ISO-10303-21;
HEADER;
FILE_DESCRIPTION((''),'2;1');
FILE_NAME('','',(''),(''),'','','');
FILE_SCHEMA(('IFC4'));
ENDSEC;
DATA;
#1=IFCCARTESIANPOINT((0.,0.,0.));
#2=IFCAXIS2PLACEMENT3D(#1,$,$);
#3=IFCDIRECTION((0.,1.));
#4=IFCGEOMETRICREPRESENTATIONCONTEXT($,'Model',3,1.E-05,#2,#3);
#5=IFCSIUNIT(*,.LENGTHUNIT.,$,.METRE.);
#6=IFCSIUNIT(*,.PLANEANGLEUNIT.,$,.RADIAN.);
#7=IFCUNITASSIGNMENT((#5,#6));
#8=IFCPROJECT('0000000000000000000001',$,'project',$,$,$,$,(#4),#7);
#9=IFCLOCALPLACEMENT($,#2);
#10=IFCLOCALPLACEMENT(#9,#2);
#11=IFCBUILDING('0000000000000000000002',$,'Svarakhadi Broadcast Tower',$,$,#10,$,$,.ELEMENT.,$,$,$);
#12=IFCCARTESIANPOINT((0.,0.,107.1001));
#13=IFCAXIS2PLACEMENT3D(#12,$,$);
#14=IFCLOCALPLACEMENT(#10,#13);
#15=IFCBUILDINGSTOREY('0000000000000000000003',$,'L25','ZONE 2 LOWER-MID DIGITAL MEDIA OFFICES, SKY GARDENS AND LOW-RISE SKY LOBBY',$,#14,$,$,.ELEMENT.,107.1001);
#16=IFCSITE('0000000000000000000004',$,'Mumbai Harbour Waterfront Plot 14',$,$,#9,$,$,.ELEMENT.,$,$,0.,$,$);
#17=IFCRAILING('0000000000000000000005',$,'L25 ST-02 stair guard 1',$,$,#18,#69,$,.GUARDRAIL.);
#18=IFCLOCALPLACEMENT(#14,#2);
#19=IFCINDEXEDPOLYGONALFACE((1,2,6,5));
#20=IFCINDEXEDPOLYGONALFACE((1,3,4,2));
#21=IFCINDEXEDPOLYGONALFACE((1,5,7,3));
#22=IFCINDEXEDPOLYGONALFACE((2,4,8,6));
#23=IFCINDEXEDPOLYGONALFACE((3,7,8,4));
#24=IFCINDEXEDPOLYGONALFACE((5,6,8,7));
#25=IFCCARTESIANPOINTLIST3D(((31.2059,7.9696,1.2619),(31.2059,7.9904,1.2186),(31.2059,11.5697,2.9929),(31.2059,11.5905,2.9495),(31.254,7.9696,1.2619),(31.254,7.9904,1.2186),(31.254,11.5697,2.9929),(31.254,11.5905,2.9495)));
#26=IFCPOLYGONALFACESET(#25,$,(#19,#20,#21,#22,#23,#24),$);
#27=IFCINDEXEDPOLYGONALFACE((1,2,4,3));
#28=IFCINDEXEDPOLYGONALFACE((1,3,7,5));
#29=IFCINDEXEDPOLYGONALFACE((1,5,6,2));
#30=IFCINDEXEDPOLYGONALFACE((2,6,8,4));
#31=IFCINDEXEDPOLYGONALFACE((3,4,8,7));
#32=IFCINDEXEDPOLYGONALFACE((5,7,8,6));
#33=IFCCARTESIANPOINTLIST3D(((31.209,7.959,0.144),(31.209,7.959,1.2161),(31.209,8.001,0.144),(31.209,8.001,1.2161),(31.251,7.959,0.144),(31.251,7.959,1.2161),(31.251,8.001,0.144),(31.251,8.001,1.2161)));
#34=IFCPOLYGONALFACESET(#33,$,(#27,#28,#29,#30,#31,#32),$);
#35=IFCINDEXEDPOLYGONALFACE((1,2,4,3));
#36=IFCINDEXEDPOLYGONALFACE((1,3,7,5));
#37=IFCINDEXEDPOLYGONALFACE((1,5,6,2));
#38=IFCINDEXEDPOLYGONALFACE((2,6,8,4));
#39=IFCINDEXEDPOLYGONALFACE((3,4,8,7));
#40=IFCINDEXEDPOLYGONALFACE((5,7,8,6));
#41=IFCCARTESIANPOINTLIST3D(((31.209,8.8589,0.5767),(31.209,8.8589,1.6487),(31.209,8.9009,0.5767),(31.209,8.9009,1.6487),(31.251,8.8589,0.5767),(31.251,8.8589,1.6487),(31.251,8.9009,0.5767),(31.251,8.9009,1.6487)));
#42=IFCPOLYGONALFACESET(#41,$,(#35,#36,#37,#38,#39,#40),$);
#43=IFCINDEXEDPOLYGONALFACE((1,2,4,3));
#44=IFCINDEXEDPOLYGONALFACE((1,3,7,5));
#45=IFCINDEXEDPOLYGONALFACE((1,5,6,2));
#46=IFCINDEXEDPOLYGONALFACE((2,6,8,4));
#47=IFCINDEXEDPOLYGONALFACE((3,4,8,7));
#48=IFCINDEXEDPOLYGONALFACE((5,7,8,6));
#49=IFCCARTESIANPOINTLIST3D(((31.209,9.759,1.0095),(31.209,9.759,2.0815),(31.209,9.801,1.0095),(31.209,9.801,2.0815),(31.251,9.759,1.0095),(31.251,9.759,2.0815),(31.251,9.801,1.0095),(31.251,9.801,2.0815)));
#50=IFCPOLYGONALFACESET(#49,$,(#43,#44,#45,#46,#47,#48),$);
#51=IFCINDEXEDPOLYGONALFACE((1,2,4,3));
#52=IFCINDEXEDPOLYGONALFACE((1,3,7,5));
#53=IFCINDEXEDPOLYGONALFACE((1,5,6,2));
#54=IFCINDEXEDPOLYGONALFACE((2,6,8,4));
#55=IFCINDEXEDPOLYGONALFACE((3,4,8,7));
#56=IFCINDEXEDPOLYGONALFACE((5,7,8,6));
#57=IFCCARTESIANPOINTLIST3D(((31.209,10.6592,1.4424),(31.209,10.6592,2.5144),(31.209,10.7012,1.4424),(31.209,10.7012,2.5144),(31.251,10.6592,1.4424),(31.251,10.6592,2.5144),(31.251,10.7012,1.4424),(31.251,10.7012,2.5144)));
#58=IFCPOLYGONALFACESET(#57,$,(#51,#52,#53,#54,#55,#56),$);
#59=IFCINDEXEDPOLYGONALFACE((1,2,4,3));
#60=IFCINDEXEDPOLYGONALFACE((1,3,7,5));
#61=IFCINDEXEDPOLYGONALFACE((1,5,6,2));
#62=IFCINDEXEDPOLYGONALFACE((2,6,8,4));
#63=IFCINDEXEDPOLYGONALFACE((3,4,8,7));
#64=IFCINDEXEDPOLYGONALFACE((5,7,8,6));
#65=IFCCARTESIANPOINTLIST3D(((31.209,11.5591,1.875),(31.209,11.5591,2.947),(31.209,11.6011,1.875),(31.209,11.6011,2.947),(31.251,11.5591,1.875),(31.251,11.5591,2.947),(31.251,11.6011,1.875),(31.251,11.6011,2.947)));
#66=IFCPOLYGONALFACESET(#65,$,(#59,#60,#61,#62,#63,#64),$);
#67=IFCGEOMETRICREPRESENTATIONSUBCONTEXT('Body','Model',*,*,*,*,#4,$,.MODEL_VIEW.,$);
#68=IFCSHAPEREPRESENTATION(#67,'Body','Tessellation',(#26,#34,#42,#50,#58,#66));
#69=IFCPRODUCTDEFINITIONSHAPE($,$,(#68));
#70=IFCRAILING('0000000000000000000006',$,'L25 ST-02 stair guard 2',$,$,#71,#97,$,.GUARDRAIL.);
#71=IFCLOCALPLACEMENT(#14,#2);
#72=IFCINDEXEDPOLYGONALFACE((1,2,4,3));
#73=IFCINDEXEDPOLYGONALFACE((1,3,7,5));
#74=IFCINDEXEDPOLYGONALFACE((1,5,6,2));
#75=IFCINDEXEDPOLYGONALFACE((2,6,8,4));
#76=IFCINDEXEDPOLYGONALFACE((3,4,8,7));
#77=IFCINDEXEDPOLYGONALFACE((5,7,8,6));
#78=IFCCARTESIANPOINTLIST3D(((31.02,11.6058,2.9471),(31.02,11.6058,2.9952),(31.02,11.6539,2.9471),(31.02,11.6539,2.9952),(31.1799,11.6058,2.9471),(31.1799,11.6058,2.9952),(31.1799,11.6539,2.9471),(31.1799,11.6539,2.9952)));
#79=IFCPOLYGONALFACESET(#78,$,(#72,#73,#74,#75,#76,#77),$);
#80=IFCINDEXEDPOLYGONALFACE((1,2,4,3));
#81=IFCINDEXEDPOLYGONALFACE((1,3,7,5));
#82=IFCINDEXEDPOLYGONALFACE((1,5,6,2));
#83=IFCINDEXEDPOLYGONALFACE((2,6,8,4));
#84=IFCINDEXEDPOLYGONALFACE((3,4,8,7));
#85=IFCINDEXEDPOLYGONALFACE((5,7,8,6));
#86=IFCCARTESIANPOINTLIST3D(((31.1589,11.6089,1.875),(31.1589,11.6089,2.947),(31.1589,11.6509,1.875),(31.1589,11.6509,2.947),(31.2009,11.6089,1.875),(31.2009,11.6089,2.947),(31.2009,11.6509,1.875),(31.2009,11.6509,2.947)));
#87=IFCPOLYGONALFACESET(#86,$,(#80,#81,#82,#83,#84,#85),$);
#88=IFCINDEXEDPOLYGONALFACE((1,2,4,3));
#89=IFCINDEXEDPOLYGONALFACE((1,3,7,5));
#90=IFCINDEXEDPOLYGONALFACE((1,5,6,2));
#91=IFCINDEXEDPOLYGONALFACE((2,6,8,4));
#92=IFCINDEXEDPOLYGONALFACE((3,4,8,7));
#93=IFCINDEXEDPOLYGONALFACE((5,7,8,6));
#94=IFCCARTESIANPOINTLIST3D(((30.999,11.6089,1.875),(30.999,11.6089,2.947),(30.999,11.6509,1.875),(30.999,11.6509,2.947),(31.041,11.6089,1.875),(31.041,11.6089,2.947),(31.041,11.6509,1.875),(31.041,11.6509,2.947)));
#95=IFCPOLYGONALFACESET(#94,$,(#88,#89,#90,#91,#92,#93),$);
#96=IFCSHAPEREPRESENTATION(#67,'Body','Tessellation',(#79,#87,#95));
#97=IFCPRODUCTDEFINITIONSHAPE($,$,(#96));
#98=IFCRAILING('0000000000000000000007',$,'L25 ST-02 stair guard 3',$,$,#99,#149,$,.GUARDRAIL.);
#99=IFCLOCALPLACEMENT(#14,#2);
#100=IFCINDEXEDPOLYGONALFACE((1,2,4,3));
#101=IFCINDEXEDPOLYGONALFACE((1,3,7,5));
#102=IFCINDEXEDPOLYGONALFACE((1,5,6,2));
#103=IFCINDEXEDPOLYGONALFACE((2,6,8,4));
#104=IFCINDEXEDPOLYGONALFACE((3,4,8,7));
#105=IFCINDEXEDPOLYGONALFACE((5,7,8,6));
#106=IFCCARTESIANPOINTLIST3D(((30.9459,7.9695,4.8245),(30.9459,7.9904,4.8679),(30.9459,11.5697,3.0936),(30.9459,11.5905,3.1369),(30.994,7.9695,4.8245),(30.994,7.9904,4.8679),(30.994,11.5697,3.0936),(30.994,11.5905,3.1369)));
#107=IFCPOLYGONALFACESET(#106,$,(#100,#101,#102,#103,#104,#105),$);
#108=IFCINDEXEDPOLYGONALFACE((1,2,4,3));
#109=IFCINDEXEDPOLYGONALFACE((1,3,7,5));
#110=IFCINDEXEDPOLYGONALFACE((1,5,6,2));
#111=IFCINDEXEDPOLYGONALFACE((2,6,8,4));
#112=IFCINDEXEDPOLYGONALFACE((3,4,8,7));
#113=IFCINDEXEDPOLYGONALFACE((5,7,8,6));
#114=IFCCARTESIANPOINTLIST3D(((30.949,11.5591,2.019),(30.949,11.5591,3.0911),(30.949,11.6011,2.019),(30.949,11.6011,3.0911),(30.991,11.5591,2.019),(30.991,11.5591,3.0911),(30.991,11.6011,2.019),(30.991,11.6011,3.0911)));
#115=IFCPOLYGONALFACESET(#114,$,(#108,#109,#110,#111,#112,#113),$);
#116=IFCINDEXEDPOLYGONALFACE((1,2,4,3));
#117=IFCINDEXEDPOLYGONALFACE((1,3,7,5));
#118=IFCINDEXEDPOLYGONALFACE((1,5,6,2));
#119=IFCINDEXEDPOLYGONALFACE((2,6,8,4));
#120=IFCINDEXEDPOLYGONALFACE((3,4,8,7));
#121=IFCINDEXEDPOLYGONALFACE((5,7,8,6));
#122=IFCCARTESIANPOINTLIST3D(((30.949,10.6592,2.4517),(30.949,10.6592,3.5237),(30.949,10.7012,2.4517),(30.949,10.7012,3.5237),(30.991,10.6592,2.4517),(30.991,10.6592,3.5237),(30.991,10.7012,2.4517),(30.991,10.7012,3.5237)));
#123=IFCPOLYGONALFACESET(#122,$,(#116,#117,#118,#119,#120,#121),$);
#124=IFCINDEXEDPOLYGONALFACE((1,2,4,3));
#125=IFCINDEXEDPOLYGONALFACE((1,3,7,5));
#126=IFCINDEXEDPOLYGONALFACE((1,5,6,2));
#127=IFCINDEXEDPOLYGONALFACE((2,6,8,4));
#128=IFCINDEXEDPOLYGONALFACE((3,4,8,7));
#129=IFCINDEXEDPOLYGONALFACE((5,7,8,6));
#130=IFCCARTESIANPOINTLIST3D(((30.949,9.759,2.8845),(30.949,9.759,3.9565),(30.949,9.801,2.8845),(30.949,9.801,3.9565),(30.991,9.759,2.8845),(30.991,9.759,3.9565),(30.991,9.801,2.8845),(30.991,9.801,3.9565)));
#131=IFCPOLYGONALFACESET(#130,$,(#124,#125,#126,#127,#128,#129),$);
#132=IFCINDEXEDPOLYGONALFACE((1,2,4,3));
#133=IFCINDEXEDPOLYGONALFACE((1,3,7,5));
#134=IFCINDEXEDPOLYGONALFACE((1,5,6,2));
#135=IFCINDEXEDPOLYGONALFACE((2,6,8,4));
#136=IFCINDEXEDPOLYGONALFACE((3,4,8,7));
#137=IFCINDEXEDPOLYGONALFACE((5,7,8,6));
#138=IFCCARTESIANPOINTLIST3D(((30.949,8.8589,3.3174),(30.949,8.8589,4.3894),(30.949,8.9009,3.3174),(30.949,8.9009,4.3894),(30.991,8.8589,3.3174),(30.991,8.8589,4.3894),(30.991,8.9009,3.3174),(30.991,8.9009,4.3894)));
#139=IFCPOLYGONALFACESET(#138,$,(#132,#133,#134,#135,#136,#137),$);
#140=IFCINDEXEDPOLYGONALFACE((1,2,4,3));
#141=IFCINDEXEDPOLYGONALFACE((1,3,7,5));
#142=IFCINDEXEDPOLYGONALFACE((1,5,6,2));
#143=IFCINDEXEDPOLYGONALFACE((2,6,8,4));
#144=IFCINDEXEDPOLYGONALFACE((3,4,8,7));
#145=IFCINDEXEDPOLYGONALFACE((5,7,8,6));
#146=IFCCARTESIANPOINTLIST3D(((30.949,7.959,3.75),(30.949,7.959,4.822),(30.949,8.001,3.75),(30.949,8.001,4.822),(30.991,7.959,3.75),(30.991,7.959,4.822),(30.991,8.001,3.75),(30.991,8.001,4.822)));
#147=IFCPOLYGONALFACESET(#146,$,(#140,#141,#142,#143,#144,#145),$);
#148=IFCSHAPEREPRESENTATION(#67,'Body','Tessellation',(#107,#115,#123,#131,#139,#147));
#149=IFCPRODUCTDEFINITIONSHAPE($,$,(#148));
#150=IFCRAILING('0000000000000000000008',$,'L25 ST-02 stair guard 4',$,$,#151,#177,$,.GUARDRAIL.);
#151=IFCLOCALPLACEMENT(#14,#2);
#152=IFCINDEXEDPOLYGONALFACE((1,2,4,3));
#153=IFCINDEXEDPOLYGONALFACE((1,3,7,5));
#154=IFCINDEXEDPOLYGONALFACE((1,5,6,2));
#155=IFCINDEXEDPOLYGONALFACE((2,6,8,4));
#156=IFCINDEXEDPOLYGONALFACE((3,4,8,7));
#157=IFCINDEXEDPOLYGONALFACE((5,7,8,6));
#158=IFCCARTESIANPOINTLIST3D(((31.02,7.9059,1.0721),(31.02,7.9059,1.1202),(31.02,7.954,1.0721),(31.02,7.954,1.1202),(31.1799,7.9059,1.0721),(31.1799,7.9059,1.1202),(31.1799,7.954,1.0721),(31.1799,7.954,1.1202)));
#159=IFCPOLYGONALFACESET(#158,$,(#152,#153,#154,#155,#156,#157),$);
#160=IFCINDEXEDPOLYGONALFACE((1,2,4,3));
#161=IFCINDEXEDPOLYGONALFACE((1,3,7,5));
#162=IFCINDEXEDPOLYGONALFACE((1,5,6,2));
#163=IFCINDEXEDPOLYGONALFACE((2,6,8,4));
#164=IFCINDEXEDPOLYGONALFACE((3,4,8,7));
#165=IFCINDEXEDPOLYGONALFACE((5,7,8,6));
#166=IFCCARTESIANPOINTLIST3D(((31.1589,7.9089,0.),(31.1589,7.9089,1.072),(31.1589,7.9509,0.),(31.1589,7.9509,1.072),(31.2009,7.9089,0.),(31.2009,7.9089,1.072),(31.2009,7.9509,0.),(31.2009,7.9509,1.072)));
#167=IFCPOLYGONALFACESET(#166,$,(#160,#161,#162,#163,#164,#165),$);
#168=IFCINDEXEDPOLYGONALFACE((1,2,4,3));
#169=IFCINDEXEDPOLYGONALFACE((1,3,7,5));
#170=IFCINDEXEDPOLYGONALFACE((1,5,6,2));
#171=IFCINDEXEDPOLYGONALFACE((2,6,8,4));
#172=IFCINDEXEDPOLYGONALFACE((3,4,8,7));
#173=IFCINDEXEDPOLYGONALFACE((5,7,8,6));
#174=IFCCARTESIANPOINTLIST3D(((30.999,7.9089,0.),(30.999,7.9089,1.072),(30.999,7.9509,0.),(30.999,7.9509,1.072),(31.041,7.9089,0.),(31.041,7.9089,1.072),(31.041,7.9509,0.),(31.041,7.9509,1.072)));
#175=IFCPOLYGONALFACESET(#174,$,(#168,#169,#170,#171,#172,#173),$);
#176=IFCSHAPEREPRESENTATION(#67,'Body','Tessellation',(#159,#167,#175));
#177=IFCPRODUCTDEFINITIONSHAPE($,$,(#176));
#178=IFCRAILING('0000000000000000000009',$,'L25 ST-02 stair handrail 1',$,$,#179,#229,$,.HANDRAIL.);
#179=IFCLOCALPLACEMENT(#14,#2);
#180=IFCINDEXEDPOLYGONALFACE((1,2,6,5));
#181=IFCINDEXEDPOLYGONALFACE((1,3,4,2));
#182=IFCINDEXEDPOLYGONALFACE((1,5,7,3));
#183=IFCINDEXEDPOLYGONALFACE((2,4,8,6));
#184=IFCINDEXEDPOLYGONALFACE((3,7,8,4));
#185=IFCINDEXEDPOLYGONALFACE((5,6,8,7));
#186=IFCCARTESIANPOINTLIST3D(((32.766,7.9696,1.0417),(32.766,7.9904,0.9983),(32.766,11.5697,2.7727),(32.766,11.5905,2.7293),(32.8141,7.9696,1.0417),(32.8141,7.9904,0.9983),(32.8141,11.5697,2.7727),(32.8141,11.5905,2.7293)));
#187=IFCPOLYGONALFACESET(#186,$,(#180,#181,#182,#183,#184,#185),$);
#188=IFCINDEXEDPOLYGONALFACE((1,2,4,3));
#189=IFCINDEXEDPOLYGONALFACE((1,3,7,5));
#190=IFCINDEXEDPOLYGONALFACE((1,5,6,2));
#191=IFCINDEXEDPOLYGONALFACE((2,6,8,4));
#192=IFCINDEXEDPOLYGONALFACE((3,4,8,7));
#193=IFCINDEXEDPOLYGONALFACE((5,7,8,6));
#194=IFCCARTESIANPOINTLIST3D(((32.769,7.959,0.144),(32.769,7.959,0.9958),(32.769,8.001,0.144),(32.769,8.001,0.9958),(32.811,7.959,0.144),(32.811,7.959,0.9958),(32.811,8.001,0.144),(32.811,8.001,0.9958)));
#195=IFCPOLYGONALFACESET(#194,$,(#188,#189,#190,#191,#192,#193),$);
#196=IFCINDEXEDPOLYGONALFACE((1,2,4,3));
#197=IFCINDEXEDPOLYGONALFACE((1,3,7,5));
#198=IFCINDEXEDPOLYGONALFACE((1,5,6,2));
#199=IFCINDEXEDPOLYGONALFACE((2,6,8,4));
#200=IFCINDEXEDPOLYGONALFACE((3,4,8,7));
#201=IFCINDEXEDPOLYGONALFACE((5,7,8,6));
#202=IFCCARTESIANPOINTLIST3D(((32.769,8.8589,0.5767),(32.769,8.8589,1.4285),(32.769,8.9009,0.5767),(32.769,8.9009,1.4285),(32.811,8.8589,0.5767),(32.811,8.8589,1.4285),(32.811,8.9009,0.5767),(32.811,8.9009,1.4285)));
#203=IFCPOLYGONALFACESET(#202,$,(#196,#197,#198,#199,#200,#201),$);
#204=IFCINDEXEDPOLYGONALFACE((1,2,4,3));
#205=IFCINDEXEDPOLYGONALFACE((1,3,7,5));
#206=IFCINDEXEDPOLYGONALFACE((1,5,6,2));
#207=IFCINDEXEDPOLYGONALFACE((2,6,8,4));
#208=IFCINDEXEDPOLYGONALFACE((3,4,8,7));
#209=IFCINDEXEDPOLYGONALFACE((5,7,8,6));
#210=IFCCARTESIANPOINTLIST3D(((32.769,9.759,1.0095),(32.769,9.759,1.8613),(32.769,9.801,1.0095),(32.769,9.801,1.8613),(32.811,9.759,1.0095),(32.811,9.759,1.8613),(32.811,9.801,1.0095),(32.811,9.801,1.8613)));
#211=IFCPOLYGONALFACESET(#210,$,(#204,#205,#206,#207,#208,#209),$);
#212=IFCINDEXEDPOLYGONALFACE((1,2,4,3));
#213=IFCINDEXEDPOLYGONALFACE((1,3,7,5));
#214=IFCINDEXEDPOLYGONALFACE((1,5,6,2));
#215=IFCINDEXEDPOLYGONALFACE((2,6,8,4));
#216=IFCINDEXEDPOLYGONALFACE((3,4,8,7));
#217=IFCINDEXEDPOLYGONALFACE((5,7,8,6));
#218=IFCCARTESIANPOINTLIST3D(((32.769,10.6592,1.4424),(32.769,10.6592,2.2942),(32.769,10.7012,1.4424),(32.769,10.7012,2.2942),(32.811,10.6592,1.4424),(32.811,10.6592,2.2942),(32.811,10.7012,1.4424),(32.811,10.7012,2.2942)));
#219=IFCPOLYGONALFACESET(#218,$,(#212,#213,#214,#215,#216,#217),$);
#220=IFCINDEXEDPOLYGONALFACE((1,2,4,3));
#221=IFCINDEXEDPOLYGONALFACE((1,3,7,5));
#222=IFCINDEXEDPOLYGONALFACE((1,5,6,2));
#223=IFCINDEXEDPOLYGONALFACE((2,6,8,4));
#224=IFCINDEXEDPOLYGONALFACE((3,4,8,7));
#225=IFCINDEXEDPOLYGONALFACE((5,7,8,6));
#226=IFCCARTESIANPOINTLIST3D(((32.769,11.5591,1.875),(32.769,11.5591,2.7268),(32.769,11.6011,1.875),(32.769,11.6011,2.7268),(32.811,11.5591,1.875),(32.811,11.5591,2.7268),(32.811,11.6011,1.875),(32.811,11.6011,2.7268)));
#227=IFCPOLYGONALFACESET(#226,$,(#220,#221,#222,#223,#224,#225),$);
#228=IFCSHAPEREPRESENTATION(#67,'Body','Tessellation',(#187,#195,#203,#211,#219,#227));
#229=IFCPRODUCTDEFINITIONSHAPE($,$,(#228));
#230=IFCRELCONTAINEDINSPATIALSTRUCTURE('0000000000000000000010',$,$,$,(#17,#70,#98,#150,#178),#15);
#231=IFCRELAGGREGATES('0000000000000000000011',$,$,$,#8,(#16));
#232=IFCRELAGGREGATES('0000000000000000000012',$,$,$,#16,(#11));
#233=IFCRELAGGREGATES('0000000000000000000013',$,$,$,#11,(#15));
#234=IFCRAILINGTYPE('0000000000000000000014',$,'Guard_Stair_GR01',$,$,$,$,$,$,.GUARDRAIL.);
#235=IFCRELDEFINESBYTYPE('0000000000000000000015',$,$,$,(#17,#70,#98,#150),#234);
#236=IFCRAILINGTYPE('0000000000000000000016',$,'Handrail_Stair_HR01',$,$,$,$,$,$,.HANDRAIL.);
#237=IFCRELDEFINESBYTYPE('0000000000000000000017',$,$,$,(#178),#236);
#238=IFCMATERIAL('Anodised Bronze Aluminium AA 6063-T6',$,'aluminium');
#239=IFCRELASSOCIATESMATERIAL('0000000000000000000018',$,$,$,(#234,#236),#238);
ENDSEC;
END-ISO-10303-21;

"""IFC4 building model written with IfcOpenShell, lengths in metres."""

from ifc_helpers import new_model, si_unit, direction, frame, origin, origin_2d, place, context, subcontext, project, spatial, rectangle, extrude, material, type_object, element, save


model = new_model("IFC4")

# Units and contexts
model_context = context("Model", 3, precision=1e-05, world=origin(), true_north=direction((0.0, 1.0)))
body_context = subcontext(model_context, "Body", "Model", "MODEL_VIEW")
ifc_project = project(units=[si_unit("LENGTHUNIT", "METRE"), si_unit("PLANEANGLEUNIT", "RADIAN")], contexts=[model_context])

# Site, building, storey
site_placement = place(None, origin())
site = spatial("IfcSite", under=ifc_project, at=site_placement, Name="Mumbai Harbour Waterfront Plot 14", CompositionType="ELEMENT", RefElevation=0.0)
building_placement = place(site_placement, origin())
building = spatial("IfcBuilding", under=site, at=building_placement, Name="Svarakhadi Broadcast Tower", CompositionType="ELEMENT")
storey_placement = place(building_placement, frame((0.0, 0.0, 107.1001)))
storey = spatial("IfcBuildingStorey", under=building, at=storey_placement, Name="L25", Description="ZONE 2 LOWER-MID DIGITAL MEDIA OFFICES, SKY GARDENS AND LOW-RISE SKY LOBBY", CompositionType="ELEMENT", Elevation=107.1001)

# Shared definitions
ifc_material_1 = material(Name="Anodised Bronze Aluminium AA 6063-T6", Category="aluminium")

# Railings
railing_type_1 = type_object("IfcRailingType", Name="Guard_Stair_GR01", PredefinedType="GUARDRAIL", material=ifc_material_1)
railing_1_placement = place(storey_placement, frame((31.23, 7.98, 0.144)))
element("IfcRailing", 1, at=railing_1_placement, inside=storey, type_object=railing_type_1, Name="L25 ST-02 stair guard 1", PredefinedType="GUARDRAIL", context=body_context, shape_type="SweptSolid", body=[
    extrude(rectangle(XDim=0.0481, YDim=0.0481, at=origin_2d()), frame((0.0, 0.0, 1.0962), z_axis=(0.0, 0.901239, 0.433323), x_axis=(-1.0, 0.0, 0.0)), (0.0, 0.0, 1.0), 3.9946),
    extrude(rectangle(XDim=0.042, YDim=0.042, at=origin_2d()), origin(), (0.0, 0.0, 1.0), 1.072),
    extrude(rectangle(XDim=0.042, YDim=0.042, at=origin_2d()), frame((0.0, 0.8999, 0.4326)), (0.0, 0.0, 1.0), 1.072),
    extrude(rectangle(XDim=0.042, YDim=0.042, at=origin_2d()), frame((0.0, 1.8, 0.8655)), (0.0, 0.0, 1.0), 1.072),
    extrude(rectangle(XDim=0.042, YDim=0.042, at=origin_2d()), frame((0.0, 2.7002, 1.2983)), (0.0, 0.0, 1.0), 1.072),
    extrude(rectangle(XDim=0.042, YDim=0.042, at=origin_2d()), frame((0.0, 3.6001, 1.731)), (0.0, 0.0, 1.0), 1.072),
])
railing_2_placement = place(storey_placement, frame((31.1799, 11.6299, 1.875)))
element("IfcRailing", 2, at=railing_2_placement, inside=storey, type_object=railing_type_1, Name="L25 ST-02 stair guard 2", PredefinedType="GUARDRAIL", context=body_context, shape_type="SweptSolid", body=[
    extrude(rectangle(XDim=0.0481, YDim=0.0481, at=origin_2d()), frame((0.0, 0.0, 1.0962), z_axis=(-1.0, 0.0, 0.0), x_axis=(0.0, -1.0, 0.0)), (0.0, 0.0, 1.0), 0.1599),
    extrude(rectangle(XDim=0.042, YDim=0.042, at=origin_2d()), origin(), (0.0, 0.0, 1.0), 1.072),
    extrude(rectangle(XDim=0.042, YDim=0.042, at=origin_2d()), frame((-0.1599, 0.0, 0.0)), (0.0, 0.0, 1.0), 1.072),
])
railing_3_placement = place(storey_placement, frame((30.97, 11.5801, 2.019)))
element("IfcRailing", 3, at=railing_3_placement, inside=storey, type_object=railing_type_1, Name="L25 ST-02 stair guard 3", PredefinedType="GUARDRAIL", context=body_context, shape_type="SweptSolid", body=[
    extrude(rectangle(XDim=0.0481, YDim=0.0481, at=origin_2d()), frame((0.0, 0.0, 1.0962), z_axis=(0.0, -0.901239, 0.433323), x_axis=(1.0, 0.0, 0.0)), (0.0, 0.0, 1.0), 3.9946),
    extrude(rectangle(XDim=0.042, YDim=0.042, at=origin_2d()), origin(), (0.0, 0.0, 1.0), 1.072),
    extrude(rectangle(XDim=0.042, YDim=0.042, at=origin_2d()), frame((0.0, -0.8999, 0.4326)), (0.0, 0.0, 1.0), 1.072),
    extrude(rectangle(XDim=0.042, YDim=0.042, at=origin_2d()), frame((0.0, -1.8, 0.8655)), (0.0, 0.0, 1.0), 1.072),
    extrude(rectangle(XDim=0.042, YDim=0.042, at=origin_2d()), frame((0.0, -2.7002, 1.2983)), (0.0, 0.0, 1.0), 1.072),
    extrude(rectangle(XDim=0.042, YDim=0.042, at=origin_2d()), frame((0.0, -3.6001, 1.731)), (0.0, 0.0, 1.0), 1.072),
])
railing_4_placement = place(storey_placement, frame((31.1799, 7.9299, 0.0)))
element("IfcRailing", 4, at=railing_4_placement, inside=storey, type_object=railing_type_1, Name="L25 ST-02 stair guard 4", PredefinedType="GUARDRAIL", context=body_context, shape_type="SweptSolid", body=[
    extrude(rectangle(XDim=0.0481, YDim=0.0481, at=origin_2d()), frame((0.0, 0.0, 1.0962), z_axis=(-1.0, 0.0, 0.0), x_axis=(0.0, -1.0, 0.0)), (0.0, 0.0, 1.0), 0.1599),
    extrude(rectangle(XDim=0.042, YDim=0.042, at=origin_2d()), origin(), (0.0, 0.0, 1.0), 1.072),
    extrude(rectangle(XDim=0.042, YDim=0.042, at=origin_2d()), frame((-0.1599, 0.0, 0.0)), (0.0, 0.0, 1.0), 1.072),
])
railing_type_2 = type_object("IfcRailingType", Name="Handrail_Stair_HR01", PredefinedType="HANDRAIL", material=ifc_material_1)
railing_5_placement = place(storey_placement, frame((32.79, 7.98, 0.144)))
element("IfcRailing", 5, at=railing_5_placement, inside=storey, type_object=railing_type_2, Name="L25 ST-02 stair handrail 1", PredefinedType="HANDRAIL", context=body_context, shape_type="SweptSolid", body=[
    extrude(rectangle(XDim=0.0481, YDim=0.0481, at=origin_2d()), frame((0.0, 0.0, 0.876), z_axis=(0.0, 0.901239, 0.433323), x_axis=(-1.0, 0.0, 0.0)), (0.0, 0.0, 1.0), 3.9946),
    extrude(rectangle(XDim=0.042, YDim=0.042, at=origin_2d()), origin(), (0.0, 0.0, 1.0), 0.8518),
    extrude(rectangle(XDim=0.042, YDim=0.042, at=origin_2d()), frame((0.0, 0.8999, 0.4326)), (0.0, 0.0, 1.0), 0.8518),
    extrude(rectangle(XDim=0.042, YDim=0.042, at=origin_2d()), frame((0.0, 1.8, 0.8655)), (0.0, 0.0, 1.0), 0.8518),
    extrude(rectangle(XDim=0.042, YDim=0.042, at=origin_2d()), frame((0.0, 2.7002, 1.2983)), (0.0, 0.0, 1.0), 0.8518),
    extrude(rectangle(XDim=0.042, YDim=0.042, at=origin_2d()), frame((0.0, 3.6001, 1.731)), (0.0, 0.0, 1.0), 0.8518),
])

save(model, "model.ifc")
